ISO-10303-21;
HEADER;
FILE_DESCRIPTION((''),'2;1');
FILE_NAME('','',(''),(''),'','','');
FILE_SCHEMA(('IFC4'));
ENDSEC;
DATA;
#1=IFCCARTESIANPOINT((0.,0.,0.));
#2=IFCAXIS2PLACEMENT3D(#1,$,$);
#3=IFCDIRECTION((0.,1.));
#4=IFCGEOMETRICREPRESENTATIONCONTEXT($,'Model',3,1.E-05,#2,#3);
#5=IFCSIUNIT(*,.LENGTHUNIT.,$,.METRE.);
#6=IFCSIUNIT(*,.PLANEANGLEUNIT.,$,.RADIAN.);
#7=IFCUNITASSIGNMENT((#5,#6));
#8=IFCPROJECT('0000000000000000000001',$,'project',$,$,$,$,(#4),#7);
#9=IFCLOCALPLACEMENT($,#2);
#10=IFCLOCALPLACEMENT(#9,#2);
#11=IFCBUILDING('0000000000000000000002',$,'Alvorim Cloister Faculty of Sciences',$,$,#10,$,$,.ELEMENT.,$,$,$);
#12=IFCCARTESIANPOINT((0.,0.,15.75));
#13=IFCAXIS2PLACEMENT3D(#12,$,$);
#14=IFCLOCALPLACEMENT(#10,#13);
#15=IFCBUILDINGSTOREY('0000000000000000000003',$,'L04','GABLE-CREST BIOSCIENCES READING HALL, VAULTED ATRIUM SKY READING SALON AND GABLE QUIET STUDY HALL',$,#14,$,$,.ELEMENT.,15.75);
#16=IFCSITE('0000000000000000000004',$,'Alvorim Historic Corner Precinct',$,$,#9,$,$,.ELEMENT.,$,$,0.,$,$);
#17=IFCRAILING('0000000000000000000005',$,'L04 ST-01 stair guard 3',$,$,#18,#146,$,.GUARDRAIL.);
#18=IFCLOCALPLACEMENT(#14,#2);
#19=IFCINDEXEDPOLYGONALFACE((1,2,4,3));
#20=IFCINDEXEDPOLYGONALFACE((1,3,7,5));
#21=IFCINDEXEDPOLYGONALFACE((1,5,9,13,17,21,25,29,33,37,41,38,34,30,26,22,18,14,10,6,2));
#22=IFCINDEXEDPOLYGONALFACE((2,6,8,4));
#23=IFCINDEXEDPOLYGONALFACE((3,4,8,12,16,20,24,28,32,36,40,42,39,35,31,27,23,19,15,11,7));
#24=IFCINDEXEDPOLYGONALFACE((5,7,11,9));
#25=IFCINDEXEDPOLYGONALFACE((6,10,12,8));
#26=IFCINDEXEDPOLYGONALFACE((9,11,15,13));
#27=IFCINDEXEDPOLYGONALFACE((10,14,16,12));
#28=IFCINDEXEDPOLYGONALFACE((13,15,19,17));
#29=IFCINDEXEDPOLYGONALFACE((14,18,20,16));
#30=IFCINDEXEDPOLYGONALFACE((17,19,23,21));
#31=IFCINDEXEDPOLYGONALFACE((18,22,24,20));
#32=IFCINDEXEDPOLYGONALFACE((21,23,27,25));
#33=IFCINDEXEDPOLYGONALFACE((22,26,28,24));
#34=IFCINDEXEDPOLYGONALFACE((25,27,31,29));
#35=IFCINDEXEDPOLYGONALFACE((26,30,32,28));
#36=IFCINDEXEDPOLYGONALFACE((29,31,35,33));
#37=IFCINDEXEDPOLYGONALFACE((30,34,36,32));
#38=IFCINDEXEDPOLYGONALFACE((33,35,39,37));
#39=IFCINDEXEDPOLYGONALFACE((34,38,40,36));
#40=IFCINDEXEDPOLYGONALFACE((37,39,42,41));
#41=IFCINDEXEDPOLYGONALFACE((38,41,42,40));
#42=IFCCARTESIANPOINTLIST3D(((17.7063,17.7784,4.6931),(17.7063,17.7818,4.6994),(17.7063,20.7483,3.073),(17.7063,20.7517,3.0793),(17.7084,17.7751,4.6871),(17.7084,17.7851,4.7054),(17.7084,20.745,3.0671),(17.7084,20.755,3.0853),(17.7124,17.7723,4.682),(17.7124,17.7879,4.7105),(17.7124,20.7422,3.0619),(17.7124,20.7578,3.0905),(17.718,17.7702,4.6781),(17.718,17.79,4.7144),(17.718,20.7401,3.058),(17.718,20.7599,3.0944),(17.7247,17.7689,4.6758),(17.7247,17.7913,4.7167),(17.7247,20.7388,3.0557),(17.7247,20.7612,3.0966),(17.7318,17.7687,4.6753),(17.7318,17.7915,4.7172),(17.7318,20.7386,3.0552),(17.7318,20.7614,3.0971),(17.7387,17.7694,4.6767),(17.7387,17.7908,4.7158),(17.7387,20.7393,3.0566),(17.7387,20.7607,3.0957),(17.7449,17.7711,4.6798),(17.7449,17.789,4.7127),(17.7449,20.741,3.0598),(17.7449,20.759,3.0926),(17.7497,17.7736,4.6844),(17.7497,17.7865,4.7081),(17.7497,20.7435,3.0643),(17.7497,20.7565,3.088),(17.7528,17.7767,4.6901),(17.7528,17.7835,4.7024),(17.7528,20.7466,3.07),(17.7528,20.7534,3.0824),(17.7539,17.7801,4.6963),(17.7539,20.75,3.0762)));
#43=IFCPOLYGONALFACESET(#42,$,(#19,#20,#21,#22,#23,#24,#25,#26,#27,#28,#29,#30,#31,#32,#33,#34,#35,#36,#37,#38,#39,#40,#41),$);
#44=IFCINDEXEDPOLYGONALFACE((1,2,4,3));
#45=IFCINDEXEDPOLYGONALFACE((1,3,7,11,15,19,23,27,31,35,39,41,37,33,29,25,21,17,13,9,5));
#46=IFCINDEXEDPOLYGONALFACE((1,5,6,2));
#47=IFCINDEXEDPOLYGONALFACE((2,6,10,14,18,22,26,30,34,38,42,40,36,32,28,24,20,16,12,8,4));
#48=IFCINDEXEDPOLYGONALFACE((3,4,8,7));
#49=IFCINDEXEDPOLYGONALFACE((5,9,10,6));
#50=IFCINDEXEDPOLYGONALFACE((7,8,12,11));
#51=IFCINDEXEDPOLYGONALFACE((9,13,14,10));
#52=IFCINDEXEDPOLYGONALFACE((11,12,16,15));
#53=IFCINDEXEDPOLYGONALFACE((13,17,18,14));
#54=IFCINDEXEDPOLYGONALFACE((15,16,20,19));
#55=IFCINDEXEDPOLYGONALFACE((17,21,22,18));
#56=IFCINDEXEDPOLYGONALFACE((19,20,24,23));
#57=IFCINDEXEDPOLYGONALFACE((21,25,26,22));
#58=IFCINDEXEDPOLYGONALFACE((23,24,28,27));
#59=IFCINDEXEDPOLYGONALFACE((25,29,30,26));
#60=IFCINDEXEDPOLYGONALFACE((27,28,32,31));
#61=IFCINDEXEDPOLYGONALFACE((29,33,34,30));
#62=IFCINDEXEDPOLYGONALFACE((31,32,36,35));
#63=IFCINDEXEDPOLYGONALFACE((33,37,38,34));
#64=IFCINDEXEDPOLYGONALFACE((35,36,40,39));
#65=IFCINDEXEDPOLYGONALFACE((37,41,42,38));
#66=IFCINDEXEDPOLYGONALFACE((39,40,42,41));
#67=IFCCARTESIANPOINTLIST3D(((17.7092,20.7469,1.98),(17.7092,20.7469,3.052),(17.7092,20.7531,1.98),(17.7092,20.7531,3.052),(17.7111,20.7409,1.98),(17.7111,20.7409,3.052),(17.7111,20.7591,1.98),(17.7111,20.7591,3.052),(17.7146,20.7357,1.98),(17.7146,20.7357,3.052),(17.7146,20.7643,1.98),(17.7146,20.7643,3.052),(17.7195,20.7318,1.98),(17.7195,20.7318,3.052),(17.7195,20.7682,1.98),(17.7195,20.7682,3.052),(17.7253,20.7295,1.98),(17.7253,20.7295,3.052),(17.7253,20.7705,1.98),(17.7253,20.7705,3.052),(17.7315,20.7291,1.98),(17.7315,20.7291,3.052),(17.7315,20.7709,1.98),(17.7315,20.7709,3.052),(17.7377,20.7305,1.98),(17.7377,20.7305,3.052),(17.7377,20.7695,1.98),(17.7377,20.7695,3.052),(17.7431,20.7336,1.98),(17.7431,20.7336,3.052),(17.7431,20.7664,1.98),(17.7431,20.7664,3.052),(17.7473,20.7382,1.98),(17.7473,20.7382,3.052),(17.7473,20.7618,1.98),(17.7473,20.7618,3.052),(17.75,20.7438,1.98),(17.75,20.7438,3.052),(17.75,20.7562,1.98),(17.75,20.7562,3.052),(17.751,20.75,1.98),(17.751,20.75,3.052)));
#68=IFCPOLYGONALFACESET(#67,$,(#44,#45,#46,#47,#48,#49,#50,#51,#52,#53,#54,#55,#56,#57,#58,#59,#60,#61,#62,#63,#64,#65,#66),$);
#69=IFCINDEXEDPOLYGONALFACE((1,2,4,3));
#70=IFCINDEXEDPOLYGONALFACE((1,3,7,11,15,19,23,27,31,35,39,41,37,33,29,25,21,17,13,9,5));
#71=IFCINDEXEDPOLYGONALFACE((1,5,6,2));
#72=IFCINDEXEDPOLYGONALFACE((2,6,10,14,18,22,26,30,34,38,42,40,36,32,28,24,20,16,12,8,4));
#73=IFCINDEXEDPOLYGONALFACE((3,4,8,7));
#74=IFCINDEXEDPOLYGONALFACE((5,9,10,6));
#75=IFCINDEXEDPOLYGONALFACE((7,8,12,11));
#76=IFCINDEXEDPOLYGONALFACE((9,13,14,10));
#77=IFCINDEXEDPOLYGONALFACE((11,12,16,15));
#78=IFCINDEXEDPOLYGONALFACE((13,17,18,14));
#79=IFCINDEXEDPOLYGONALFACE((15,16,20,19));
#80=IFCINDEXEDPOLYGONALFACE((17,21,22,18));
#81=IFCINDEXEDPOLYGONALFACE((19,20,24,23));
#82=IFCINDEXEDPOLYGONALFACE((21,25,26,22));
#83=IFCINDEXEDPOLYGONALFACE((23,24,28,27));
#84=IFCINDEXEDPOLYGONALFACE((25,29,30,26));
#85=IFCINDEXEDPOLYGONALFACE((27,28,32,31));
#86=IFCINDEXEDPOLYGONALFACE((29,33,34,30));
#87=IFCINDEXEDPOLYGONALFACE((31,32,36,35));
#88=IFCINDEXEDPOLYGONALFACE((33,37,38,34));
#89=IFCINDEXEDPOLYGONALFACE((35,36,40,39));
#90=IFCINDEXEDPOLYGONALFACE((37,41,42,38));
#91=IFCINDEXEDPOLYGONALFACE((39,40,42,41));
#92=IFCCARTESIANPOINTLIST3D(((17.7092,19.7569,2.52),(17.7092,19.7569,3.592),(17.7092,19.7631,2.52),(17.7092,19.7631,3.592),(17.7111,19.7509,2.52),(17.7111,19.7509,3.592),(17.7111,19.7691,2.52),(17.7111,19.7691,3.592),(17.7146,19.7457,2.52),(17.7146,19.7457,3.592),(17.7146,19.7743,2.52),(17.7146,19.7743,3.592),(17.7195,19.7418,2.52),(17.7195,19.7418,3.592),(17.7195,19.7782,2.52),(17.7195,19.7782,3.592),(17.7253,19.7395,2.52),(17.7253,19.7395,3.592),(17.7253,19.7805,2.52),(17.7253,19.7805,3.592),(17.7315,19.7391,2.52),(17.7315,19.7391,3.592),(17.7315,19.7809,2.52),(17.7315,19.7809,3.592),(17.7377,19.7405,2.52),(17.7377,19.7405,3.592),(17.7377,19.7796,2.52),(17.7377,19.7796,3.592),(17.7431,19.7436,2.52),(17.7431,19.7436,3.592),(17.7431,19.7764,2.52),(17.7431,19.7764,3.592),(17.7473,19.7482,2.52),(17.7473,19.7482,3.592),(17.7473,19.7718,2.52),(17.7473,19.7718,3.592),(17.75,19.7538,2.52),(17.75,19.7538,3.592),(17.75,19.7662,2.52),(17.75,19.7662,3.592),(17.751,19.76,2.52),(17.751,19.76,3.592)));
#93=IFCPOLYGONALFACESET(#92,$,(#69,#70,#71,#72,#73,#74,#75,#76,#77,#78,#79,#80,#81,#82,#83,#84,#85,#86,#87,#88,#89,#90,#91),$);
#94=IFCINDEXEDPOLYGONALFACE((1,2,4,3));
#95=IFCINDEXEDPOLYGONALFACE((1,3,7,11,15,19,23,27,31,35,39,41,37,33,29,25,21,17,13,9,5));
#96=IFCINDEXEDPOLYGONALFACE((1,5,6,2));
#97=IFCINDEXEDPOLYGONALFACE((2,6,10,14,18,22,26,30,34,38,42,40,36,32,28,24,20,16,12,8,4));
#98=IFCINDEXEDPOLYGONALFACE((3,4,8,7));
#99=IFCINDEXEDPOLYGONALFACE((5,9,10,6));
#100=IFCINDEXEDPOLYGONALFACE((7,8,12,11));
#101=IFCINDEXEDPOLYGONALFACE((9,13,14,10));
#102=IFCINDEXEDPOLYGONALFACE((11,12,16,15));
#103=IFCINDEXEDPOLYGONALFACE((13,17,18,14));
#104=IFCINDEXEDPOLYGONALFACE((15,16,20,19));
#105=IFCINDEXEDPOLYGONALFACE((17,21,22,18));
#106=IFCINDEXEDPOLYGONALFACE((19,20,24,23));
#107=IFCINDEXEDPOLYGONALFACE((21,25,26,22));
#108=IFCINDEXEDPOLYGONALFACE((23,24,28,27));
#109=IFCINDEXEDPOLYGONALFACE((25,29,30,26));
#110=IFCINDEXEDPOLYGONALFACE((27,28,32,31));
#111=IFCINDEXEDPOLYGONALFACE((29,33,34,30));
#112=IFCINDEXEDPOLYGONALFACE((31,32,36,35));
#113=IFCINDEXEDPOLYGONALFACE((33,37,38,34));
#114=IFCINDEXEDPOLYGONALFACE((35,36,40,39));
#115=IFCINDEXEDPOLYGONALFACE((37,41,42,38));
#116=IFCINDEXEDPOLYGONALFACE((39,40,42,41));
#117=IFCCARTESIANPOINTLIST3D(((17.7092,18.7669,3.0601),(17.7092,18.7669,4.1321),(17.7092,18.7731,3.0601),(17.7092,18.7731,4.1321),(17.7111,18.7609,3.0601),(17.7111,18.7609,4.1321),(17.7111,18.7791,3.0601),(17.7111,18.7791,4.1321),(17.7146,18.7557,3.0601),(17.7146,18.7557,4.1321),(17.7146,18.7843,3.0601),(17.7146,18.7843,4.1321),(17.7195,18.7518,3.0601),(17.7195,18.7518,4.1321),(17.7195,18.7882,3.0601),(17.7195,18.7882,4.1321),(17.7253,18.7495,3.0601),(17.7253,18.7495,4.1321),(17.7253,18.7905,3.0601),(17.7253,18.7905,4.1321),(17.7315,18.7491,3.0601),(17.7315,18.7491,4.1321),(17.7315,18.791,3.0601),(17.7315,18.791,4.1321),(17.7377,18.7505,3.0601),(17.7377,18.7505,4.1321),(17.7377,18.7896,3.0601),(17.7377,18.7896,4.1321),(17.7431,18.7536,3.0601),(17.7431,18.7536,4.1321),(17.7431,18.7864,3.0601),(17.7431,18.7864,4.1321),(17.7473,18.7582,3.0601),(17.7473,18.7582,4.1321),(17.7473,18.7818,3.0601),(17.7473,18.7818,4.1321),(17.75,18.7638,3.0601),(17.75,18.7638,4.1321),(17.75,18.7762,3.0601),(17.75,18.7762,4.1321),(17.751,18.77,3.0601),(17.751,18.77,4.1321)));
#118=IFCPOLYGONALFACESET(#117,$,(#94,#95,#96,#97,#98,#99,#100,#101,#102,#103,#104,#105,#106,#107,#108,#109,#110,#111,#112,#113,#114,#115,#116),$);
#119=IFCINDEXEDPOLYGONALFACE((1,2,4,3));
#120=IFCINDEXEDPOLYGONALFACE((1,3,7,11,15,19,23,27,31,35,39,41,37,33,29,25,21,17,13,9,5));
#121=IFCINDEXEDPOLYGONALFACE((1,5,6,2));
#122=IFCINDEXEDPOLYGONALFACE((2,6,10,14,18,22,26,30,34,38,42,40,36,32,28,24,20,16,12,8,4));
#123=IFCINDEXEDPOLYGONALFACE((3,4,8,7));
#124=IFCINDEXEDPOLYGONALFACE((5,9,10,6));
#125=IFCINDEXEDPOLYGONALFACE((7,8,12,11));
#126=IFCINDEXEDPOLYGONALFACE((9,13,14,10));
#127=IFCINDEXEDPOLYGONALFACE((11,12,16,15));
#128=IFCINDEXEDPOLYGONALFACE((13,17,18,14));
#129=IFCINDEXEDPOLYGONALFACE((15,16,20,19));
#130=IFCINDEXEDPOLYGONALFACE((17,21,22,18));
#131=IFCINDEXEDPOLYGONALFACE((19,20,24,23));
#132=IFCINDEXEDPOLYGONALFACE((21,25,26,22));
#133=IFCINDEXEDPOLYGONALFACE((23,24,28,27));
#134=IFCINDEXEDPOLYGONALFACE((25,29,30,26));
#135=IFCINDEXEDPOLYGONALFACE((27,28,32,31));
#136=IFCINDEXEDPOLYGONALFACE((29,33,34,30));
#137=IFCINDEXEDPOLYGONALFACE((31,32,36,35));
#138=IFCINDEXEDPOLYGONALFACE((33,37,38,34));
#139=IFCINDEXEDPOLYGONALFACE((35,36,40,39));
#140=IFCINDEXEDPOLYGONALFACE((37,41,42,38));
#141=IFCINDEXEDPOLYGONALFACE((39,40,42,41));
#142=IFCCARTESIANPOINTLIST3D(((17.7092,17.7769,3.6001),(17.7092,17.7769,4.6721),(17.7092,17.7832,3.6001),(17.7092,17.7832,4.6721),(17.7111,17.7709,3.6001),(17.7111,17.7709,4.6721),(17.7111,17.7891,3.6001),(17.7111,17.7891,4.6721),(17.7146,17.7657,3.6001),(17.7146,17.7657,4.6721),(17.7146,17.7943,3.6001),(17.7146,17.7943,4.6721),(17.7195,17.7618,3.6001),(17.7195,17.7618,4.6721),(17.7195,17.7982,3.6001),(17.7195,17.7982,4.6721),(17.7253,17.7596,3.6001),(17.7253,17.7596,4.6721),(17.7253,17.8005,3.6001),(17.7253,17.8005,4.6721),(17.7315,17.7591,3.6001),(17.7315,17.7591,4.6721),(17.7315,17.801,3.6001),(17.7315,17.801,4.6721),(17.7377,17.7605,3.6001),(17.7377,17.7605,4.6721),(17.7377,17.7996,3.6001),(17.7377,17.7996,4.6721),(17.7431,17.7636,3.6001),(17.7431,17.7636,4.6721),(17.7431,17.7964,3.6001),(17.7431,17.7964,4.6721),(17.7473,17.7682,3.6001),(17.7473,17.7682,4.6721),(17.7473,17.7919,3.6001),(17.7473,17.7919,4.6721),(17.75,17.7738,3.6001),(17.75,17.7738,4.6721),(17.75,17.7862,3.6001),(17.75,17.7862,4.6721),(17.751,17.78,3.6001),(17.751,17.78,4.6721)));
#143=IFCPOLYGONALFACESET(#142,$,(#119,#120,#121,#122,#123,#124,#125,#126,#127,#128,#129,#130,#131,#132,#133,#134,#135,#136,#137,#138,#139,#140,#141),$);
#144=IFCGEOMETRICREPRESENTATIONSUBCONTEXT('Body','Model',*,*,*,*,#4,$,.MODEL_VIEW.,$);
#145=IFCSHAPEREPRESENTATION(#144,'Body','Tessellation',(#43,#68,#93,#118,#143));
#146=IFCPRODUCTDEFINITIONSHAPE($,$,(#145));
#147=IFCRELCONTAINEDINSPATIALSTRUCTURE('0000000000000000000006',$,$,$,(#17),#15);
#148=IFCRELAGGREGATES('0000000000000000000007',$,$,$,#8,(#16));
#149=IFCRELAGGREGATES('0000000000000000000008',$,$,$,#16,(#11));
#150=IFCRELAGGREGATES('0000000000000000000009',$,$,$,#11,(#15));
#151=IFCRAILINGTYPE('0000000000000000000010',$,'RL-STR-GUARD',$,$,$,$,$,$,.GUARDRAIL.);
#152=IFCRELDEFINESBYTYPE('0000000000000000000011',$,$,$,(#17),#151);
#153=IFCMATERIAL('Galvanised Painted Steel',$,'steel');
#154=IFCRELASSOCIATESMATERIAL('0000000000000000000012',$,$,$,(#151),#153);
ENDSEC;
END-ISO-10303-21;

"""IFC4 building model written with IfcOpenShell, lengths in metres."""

from ifc_helpers import new_model, si_unit, direction, frame, origin, origin_2d, place, context, subcontext, project, spatial, circle, extrude, material, type_object, element, save


model = new_model("IFC4")

# Units and contexts
model_context = context("Model", 3, precision=1e-05, world=origin(), true_north=direction((0.0, 1.0)))
body_context = subcontext(model_context, "Body", "Model", "MODEL_VIEW")
ifc_project = project(units=[si_unit("LENGTHUNIT", "METRE"), si_unit("PLANEANGLEUNIT", "RADIAN")], contexts=[model_context])

# Site, building, storey
site_placement = place(None, origin())
site = spatial("IfcSite", under=ifc_project, at=site_placement, Name="Alvorim Historic Corner Precinct", CompositionType="ELEMENT", RefElevation=0.0)
building_placement = place(site_placement, origin())
building = spatial("IfcBuilding", under=site, at=building_placement, Name="Alvorim Cloister Faculty of Sciences", CompositionType="ELEMENT")
storey_placement = place(building_placement, frame((0.0, 0.0, 15.75)))
storey = spatial("IfcBuildingStorey", under=building, at=storey_placement, Name="L04", Description="GABLE-CREST BIOSCIENCES READING HALL, VAULTED ATRIUM SKY READING SALON AND GABLE QUIET STUDY HALL", CompositionType="ELEMENT", Elevation=15.75)

# Railing
ifc_material_1 = material(Name="Galvanised Painted Steel", Category="steel")
railing_type_1 = type_object("IfcRailingType", Name="RL-STR-GUARD", PredefinedType="GUARDRAIL", material=ifc_material_1)
railing_1_placement = place(storey_placement, frame((17.73, 20.75, 1.98)))
element("IfcRailing", 1, at=railing_1_placement, inside=storey, type_object=railing_type_1, Name="L04 ST-01 stair guard 3", PredefinedType="GUARDRAIL", context=body_context, shape_type="SweptSolid", body=[
    extrude(circle(Radius=0.0239, at=origin_2d()), frame((0.0, 0.0, 1.0962), z_axis=(0.0, -0.877879, 0.478882), x_axis=(1.0, 0.0, 0.0)), (0.0, 0.0, 1.0), 3.3831),
    extrude(circle(Radius=0.021, at=origin_2d()), origin(), (0.0, 0.0, 1.0), 1.072),
    extrude(circle(Radius=0.021, at=origin_2d()), frame((0.0, -0.99, 0.54)), (0.0, 0.0, 1.0), 1.072),
    extrude(circle(Radius=0.021, at=origin_2d()), frame((0.0, -1.98, 1.0801)), (0.0, 0.0, 1.0), 1.072),
    extrude(circle(Radius=0.021, at=origin_2d()), frame((0.0, -2.97, 1.6201)), (0.0, 0.0, 1.0), 1.072),
])

save(model, "model.ifc")
